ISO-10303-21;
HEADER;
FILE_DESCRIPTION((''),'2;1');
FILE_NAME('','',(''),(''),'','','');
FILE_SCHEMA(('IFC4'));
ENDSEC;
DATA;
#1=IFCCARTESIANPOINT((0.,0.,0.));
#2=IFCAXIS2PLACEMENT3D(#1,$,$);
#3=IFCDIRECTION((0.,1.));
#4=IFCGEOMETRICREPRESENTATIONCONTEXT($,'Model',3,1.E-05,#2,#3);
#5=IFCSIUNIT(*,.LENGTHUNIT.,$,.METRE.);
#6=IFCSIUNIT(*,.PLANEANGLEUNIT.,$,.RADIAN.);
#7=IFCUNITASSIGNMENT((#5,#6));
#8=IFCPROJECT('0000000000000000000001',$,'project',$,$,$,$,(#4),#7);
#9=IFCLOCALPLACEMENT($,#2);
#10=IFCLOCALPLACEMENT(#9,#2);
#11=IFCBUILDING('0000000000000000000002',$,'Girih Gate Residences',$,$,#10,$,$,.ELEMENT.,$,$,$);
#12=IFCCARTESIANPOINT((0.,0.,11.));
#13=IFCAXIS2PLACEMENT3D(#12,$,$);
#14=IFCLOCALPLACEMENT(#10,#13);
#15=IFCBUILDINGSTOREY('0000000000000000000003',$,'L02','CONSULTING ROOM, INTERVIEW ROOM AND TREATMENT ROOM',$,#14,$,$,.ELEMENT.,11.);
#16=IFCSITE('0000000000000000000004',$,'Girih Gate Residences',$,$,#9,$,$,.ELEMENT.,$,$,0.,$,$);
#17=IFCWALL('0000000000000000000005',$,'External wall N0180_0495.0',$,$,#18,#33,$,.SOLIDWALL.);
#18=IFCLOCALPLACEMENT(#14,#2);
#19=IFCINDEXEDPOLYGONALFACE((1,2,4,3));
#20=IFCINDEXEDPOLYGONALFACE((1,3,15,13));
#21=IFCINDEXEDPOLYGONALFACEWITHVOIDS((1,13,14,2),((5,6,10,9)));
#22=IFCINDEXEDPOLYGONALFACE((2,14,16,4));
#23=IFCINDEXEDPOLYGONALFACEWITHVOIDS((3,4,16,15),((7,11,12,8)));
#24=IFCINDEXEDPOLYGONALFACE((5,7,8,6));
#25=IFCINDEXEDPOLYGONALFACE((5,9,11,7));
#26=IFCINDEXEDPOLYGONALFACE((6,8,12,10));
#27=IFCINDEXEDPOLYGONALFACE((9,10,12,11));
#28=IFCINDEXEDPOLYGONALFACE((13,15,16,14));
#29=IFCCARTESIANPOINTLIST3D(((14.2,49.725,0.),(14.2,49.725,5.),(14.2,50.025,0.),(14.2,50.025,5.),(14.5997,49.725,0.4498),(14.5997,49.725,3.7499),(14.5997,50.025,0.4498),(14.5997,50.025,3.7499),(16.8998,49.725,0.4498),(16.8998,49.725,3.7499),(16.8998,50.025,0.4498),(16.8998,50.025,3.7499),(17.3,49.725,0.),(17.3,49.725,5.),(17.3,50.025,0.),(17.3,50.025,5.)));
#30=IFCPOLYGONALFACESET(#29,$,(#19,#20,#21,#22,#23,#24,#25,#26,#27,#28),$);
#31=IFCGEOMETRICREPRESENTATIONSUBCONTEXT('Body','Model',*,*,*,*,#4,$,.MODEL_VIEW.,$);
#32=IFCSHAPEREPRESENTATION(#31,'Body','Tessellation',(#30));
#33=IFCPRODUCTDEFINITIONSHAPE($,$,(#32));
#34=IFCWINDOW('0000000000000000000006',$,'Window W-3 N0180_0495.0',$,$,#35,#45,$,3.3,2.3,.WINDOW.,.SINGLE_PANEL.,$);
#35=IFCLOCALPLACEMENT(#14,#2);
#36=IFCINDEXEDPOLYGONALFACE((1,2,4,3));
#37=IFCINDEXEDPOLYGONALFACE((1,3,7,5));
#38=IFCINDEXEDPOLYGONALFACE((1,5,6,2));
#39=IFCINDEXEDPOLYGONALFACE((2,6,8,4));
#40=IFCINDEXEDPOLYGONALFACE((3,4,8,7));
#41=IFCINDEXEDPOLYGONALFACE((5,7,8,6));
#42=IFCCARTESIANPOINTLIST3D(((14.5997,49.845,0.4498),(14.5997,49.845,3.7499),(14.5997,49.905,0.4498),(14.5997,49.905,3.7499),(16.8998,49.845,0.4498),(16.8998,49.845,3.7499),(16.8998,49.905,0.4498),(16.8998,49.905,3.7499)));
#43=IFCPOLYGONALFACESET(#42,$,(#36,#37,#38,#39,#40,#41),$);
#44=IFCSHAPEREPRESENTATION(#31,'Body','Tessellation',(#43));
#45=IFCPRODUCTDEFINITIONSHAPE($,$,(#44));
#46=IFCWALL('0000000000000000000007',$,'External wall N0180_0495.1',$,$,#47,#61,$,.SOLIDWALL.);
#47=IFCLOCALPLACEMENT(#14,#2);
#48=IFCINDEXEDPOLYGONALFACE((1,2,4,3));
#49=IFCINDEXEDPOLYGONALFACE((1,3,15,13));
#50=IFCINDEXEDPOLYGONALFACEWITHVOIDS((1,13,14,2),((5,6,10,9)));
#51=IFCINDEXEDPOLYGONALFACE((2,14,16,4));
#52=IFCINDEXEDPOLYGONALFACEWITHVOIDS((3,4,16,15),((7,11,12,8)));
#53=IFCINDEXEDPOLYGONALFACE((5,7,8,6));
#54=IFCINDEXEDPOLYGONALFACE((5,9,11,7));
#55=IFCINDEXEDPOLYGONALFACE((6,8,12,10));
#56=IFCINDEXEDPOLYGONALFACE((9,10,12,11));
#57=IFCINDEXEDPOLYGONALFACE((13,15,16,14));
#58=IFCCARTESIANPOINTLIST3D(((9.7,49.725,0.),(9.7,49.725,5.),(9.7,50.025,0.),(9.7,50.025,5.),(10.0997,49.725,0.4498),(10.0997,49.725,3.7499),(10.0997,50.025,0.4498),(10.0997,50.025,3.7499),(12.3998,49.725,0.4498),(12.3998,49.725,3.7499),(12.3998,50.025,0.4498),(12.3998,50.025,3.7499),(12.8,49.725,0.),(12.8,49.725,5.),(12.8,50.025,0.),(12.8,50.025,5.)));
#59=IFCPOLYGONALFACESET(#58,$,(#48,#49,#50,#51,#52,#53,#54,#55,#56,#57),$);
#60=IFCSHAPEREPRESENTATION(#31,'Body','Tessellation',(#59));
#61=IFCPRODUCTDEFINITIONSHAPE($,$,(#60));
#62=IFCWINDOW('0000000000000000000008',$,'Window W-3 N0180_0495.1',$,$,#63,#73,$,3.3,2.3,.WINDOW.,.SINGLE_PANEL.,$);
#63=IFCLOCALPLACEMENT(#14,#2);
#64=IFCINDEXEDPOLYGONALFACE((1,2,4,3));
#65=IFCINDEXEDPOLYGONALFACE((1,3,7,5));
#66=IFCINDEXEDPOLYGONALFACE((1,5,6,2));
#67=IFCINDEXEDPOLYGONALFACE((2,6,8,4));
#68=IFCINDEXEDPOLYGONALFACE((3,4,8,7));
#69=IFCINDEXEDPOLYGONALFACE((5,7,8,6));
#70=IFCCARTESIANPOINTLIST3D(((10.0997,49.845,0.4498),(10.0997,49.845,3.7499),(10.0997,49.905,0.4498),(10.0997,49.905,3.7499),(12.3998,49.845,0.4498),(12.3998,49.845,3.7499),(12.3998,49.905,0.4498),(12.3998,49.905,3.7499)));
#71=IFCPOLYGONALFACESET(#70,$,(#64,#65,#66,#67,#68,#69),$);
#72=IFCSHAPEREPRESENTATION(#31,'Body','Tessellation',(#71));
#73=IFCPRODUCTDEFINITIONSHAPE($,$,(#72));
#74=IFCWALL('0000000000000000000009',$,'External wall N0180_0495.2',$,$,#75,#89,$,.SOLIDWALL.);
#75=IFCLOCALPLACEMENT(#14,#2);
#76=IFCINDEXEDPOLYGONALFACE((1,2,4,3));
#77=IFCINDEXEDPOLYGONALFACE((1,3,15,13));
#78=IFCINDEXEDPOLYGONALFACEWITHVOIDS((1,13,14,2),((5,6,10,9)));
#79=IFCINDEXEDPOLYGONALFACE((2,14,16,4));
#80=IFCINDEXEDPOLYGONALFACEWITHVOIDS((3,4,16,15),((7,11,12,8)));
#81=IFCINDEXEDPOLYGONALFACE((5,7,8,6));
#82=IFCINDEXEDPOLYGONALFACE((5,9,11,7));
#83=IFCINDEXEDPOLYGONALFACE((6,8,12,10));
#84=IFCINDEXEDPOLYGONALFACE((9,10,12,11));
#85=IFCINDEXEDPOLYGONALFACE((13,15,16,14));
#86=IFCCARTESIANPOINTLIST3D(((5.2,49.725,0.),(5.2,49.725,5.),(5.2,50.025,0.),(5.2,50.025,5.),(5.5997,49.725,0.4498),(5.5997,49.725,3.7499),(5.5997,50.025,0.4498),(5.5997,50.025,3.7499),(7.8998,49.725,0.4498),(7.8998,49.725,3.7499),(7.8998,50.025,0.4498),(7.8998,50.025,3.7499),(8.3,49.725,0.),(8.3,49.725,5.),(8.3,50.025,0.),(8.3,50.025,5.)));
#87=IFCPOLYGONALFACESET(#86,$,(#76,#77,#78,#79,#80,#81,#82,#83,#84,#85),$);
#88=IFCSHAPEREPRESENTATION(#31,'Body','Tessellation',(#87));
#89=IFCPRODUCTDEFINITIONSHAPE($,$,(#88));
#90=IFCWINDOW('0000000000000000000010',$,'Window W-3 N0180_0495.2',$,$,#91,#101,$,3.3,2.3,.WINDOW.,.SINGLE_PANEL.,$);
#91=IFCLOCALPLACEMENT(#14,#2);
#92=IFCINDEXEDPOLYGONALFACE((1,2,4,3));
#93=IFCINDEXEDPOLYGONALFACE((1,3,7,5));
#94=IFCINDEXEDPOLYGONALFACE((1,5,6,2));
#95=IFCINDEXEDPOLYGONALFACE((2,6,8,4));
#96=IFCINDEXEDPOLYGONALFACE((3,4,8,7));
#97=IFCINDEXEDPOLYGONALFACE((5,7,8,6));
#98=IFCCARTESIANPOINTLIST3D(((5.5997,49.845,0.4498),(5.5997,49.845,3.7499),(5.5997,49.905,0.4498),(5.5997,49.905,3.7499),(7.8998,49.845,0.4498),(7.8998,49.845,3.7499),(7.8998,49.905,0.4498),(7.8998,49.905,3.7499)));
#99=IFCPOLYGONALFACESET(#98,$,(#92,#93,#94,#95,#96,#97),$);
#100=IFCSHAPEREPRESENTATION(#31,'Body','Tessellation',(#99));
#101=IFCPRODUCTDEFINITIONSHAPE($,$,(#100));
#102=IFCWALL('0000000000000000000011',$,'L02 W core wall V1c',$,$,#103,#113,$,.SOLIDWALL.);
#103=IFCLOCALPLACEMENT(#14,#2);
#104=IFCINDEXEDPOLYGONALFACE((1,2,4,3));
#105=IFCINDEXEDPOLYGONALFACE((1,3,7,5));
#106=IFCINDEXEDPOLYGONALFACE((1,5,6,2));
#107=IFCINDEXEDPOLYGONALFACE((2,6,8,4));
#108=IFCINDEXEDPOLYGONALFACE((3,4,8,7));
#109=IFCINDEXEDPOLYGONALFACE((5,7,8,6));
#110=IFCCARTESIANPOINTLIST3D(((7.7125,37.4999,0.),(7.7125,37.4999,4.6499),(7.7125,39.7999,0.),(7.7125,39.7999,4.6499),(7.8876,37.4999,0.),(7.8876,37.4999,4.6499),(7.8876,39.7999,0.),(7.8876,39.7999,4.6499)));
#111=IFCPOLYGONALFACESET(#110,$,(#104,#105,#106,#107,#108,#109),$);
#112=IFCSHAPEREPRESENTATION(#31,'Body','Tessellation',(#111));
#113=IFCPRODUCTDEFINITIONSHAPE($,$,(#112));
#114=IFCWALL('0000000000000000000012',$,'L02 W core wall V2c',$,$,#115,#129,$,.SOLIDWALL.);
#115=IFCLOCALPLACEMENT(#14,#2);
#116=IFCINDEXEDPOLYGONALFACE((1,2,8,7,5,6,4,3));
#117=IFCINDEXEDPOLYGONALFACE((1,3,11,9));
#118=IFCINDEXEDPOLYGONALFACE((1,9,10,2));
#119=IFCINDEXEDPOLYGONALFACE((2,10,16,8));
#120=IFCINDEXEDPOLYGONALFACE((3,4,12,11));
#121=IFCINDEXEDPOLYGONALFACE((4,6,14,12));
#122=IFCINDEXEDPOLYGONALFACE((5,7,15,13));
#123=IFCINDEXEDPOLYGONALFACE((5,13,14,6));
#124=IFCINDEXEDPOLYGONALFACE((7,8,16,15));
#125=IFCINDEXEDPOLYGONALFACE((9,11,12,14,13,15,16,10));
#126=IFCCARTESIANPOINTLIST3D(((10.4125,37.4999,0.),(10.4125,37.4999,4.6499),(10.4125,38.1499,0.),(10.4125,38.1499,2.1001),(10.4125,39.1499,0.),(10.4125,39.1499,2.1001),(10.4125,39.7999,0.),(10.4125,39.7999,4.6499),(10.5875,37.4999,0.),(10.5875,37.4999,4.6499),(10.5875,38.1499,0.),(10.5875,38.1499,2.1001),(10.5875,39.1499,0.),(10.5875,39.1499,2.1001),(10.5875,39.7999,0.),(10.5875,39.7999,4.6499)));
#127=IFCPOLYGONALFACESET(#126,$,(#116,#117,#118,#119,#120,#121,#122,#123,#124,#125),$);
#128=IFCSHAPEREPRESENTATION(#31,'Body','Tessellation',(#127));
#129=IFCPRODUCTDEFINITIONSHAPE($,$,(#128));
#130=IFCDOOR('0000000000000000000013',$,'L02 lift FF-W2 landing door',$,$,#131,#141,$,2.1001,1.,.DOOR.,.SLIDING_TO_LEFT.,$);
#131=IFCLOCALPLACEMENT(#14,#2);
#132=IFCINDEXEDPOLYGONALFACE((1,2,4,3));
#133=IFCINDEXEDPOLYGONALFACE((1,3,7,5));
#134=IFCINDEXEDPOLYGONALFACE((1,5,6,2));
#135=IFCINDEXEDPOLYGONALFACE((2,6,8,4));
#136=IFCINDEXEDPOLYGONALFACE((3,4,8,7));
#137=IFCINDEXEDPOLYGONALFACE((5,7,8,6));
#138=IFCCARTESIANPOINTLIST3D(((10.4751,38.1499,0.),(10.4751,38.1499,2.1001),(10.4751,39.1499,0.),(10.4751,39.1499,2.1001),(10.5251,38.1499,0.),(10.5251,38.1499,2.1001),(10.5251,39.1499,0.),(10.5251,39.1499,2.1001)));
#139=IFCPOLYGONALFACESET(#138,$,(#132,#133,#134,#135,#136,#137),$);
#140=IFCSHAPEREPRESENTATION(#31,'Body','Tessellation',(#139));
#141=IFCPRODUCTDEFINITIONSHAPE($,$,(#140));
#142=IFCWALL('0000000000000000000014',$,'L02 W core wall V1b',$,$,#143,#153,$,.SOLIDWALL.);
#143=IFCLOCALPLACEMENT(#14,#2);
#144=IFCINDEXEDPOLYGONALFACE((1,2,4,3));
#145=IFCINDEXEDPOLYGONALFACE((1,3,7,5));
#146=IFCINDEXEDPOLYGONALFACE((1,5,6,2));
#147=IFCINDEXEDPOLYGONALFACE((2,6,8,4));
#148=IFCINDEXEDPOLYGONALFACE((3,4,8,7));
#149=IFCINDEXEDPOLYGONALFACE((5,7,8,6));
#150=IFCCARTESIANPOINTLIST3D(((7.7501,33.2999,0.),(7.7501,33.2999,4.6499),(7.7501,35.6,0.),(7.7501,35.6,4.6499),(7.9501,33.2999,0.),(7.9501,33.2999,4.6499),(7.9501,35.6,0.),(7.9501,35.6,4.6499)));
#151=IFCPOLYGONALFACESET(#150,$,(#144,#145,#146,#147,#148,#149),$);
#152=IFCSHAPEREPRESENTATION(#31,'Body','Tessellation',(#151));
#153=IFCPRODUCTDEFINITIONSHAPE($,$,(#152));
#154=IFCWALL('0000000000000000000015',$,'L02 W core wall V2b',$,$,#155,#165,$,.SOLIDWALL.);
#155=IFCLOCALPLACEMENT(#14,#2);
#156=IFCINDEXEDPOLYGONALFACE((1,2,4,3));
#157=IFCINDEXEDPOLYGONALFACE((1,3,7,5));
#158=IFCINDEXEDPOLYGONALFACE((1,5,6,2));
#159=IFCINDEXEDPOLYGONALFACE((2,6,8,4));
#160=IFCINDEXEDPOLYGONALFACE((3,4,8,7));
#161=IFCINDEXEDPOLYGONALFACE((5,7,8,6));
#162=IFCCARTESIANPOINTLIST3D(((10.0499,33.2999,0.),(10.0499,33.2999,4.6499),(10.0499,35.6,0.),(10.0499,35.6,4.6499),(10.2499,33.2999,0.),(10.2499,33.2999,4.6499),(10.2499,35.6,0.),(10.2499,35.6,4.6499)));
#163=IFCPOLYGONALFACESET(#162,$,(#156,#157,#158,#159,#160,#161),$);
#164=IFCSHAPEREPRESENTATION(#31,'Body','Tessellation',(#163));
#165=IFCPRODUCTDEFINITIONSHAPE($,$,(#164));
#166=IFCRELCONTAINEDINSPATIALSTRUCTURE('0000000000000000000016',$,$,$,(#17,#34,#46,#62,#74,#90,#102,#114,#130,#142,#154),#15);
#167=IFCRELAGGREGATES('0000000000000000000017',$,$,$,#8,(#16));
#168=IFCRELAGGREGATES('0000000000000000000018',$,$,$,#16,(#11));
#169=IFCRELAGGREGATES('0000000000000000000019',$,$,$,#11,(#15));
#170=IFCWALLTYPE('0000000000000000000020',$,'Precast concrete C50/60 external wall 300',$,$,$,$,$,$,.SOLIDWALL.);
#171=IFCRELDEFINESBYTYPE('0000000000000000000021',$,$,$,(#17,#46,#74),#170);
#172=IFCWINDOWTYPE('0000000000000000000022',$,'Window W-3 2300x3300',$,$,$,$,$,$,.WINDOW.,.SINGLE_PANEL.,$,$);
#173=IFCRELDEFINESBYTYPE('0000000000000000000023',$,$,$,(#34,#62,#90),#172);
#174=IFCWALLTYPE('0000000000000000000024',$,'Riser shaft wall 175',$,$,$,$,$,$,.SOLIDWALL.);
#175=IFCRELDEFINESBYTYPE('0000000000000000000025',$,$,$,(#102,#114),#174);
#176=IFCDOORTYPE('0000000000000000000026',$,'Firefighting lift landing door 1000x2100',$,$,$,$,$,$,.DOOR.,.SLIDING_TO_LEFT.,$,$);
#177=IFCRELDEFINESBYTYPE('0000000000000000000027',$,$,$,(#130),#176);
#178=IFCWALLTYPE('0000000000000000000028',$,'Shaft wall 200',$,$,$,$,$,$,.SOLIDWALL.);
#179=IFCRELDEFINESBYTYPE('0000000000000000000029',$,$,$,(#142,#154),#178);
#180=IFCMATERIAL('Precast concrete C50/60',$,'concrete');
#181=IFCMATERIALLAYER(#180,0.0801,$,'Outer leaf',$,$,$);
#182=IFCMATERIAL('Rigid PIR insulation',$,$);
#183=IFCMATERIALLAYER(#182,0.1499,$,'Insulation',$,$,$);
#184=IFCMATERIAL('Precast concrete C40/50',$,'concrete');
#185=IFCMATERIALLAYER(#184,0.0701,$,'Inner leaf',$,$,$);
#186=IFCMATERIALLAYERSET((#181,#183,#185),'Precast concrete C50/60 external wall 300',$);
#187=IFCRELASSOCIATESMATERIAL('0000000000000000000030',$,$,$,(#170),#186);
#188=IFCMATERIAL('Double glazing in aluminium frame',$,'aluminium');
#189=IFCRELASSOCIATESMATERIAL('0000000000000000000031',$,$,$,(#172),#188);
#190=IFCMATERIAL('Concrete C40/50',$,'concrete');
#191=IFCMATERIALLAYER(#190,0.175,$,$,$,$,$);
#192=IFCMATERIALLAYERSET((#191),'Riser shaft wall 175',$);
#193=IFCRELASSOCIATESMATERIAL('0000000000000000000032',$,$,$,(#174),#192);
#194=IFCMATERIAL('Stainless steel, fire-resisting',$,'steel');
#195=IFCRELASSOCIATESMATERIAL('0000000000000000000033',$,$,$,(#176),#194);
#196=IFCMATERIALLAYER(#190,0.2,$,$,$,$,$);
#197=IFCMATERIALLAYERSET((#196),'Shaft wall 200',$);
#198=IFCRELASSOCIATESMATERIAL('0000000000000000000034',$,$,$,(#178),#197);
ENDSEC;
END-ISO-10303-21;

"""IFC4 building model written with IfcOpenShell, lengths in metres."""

from ifc_helpers import new_model, si_unit, direction, frame, frame_2d, origin, place, context, subcontext, project, spatial, rectangle, extrude, material, layer, layer_set, type_object, element, fill, save


model = new_model("IFC4")

# Units and contexts
model_context = context("Model", 3, precision=1e-05, world=origin(), true_north=direction((0.0, 1.0)))
body_context = subcontext(model_context, "Body", "Model", "MODEL_VIEW")
ifc_project = project(units=[si_unit("LENGTHUNIT", "METRE"), si_unit("PLANEANGLEUNIT", "RADIAN")], contexts=[model_context])

# Site, building, storey
site_placement = place(None, origin())
site = spatial("IfcSite", under=ifc_project, at=site_placement, Name="Girih Gate Residences", CompositionType="ELEMENT", RefElevation=0.0)
building_placement = place(site_placement, origin())
building = spatial("IfcBuilding", under=site, at=building_placement, Name="Girih Gate Residences", CompositionType="ELEMENT")
storey_placement = place(building_placement, frame((0.0, 0.0, 11.0)))
storey = spatial("IfcBuildingStorey", under=building, at=storey_placement, Name="L02", Description="CONSULTING ROOM, INTERVIEW ROOM AND TREATMENT ROOM", CompositionType="ELEMENT", Elevation=11.0)

# Walls, openings, windows
ifc_material_1 = material(Name="Precast concrete C50/60", Category="concrete")
ifc_layer_1 = layer(ifc_material_1, 0.0801, Name="Outer leaf")
ifc_material_2 = material(Name="Rigid PIR insulation")
ifc_layer_2 = layer(ifc_material_2, 0.1499, Name="Insulation")
ifc_material_3 = material(Name="Precast concrete C40/50", Category="concrete")
ifc_layer_3 = layer(ifc_material_3, 0.0701, Name="Inner leaf")
ifc_layer_set_1 = layer_set([ifc_layer_1, ifc_layer_2, ifc_layer_3], Name="Precast concrete C50/60 external wall 300")
wall_type_1 = type_object("IfcWallType", Name="Precast concrete C50/60 external wall 300", PredefinedType="SOLIDWALL", material=ifc_layer_set_1)
wall_1_placement = place(storey_placement, frame((14.2, 49.875, 0.0), z_axis=(0.0, 0.0, 1.0), x_axis=(1.0, 0.0, 0.0)))
wall_1 = element("IfcWall", 1, at=wall_1_placement, inside=storey, type_object=wall_type_1, Name="External wall N0180_0495.0", PredefinedType="SOLIDWALL", context=body_context, shape_type="SweptSolid", body=[
    extrude(rectangle(XDim=3.1001, YDim=0.3, at=frame_2d((1.55, 0.0))), origin(), (0.0, 0.0, 1.0), 5.0),
])
opening_1_placement = place(wall_1_placement, frame((0.3999, 0.0, 0.45)))
opening_1 = element("IfcOpeningElement", 2, at=opening_1_placement, cuts=wall_1, PredefinedType="OPENING", context=body_context, shape_type="SweptSolid", body=[
    extrude(rectangle(XDim=2.3, YDim=3.3, at=frame_2d((1.1499, 1.6499))), frame((0.0, 0.1599, 0.0), z_axis=(0.0, -1.0, 0.0), x_axis=(1.0, 0.0, 0.0)), (0.0, 0.0, 1.0), 0.3201),
])
ifc_material_4 = material(Name="Double glazing in aluminium frame", Category="aluminium")
window_type = type_object("IfcWindowType", Name="Window W-3 2300x3300", PartitioningType="SINGLE_PANEL", PredefinedType="WINDOW", material=ifc_material_4)
window_1_placement = place(opening_1_placement, origin())
window_1 = element("IfcWindow", 3, at=window_1_placement, inside=storey, type_object=window_type, Name="Window W-3 N0180_0495.0", OverallHeight=3.3, OverallWidth=2.3, PartitioningType="SINGLE_PANEL", PredefinedType="WINDOW", context=body_context, shape_type="SweptSolid", body=[
    extrude(rectangle(XDim=2.3, YDim=3.3, at=frame_2d((1.1499, 1.6499))), frame((0.0, 0.03, 0.0), z_axis=(0.0, -1.0, 0.0), x_axis=(1.0, 0.0, 0.0)), (0.0, 0.0, 1.0), 0.0601),
])
fill(opening_1, window_1)
wall_2_placement = place(storey_placement, frame((9.7, 49.875, 0.0), z_axis=(0.0, 0.0, 1.0), x_axis=(1.0, 0.0, 0.0)))
wall_2 = element("IfcWall", 4, at=wall_2_placement, inside=storey, type_object=wall_type_1, Name="External wall N0180_0495.1", PredefinedType="SOLIDWALL", context=body_context, shape_type="SweptSolid", body=[
    extrude(rectangle(XDim=3.1001, YDim=0.3, at=frame_2d((1.55, 0.0))), origin(), (0.0, 0.0, 1.0), 5.0),
])
opening_2_placement = place(wall_2_placement, frame((0.3999, 0.0, 0.45)))
opening_2 = element("IfcOpeningElement", 5, at=opening_2_placement, cuts=wall_2, PredefinedType="OPENING", context=body_context, shape_type="SweptSolid", body=[
    extrude(rectangle(XDim=2.3, YDim=3.3, at=frame_2d((1.1499, 1.6499))), frame((0.0, 0.1599, 0.0), z_axis=(0.0, -1.0, 0.0), x_axis=(1.0, 0.0, 0.0)), (0.0, 0.0, 1.0), 0.3201),
])
window_2_placement = place(opening_2_placement, origin())
window_2 = element("IfcWindow", 6, at=window_2_placement, inside=storey, type_object=window_type, Name="Window W-3 N0180_0495.1", OverallHeight=3.3, OverallWidth=2.3, PartitioningType="SINGLE_PANEL", PredefinedType="WINDOW", context=body_context, shape_type="SweptSolid", body=[
    extrude(rectangle(XDim=2.3, YDim=3.3, at=frame_2d((1.1499, 1.6499))), frame((0.0, 0.03, 0.0), z_axis=(0.0, -1.0, 0.0), x_axis=(1.0, 0.0, 0.0)), (0.0, 0.0, 1.0), 0.0601),
])
fill(opening_2, window_2)
wall_3_placement = place(storey_placement, frame((5.2, 49.875, 0.0), z_axis=(0.0, 0.0, 1.0), x_axis=(1.0, 0.0, 0.0)))
wall_3 = element("IfcWall", 7, at=wall_3_placement, inside=storey, type_object=wall_type_1, Name="External wall N0180_0495.2", PredefinedType="SOLIDWALL", context=body_context, shape_type="SweptSolid", body=[
    extrude(rectangle(XDim=3.1001, YDim=0.3, at=frame_2d((1.55, 0.0))), origin(), (0.0, 0.0, 1.0), 5.0),
])
opening_3_placement = place(wall_3_placement, frame((0.3999, 0.0, 0.45)))
opening_3 = element("IfcOpeningElement", 8, at=opening_3_placement, cuts=wall_3, PredefinedType="OPENING", context=body_context, shape_type="SweptSolid", body=[
    extrude(rectangle(XDim=2.3, YDim=3.3, at=frame_2d((1.1499, 1.6499))), frame((0.0, 0.1599, 0.0), z_axis=(0.0, -1.0, 0.0), x_axis=(1.0, 0.0, 0.0)), (0.0, 0.0, 1.0), 0.3201),
])
window_3_placement = place(opening_3_placement, origin())
window_3 = element("IfcWindow", 9, at=window_3_placement, inside=storey, type_object=window_type, Name="Window W-3 N0180_0495.2", OverallHeight=3.3, OverallWidth=2.3, PartitioningType="SINGLE_PANEL", PredefinedType="WINDOW", context=body_context, shape_type="SweptSolid", body=[
    extrude(rectangle(XDim=2.3, YDim=3.3, at=frame_2d((1.1499, 1.6499))), frame((0.0, 0.03, 0.0), z_axis=(0.0, -1.0, 0.0), x_axis=(1.0, 0.0, 0.0)), (0.0, 0.0, 1.0), 0.0601),
])
fill(opening_3, window_3)

# Wall
ifc_material_5 = material(Name="Concrete C40/50", Category="concrete")
ifc_layer_4 = layer(ifc_material_5, 0.175)
ifc_layer_set_2 = layer_set([ifc_layer_4], Name="Riser shaft wall 175")
wall_type_2 = type_object("IfcWallType", Name="Riser shaft wall 175", PredefinedType="SOLIDWALL", material=ifc_layer_set_2)
wall_4_placement = place(storey_placement, frame((7.8, 37.5, 0.0), z_axis=(0.0, 0.0, 1.0), x_axis=(0.0, 1.0, 0.0)))
element("IfcWall", 10, at=wall_4_placement, inside=storey, type_object=wall_type_2, Name="L02 W core wall V1c", PredefinedType="SOLIDWALL", context=body_context, shape_type="SweptSolid", body=[
    extrude(rectangle(XDim=2.3, YDim=0.175, at=frame_2d((1.1499, 0.0))), origin(), (0.0, 0.0, 1.0), 4.6499),
])

# Wall, opening, door
wall_5_placement = place(storey_placement, frame((10.5, 37.5, 0.0), z_axis=(0.0, 0.0, 1.0), x_axis=(0.0, 1.0, 0.0)))
wall_5 = element("IfcWall", 11, at=wall_5_placement, inside=storey, type_object=wall_type_2, Name="L02 W core wall V2c", PredefinedType="SOLIDWALL", context=body_context, shape_type="SweptSolid", body=[
    extrude(rectangle(XDim=2.3, YDim=0.175, at=frame_2d((1.1499, 0.0))), origin(), (0.0, 0.0, 1.0), 4.6499),
])
opening_4_placement = place(wall_5_placement, frame((0.6499, 0.0, 0.0)))
opening_4 = element("IfcOpeningElement", 12, at=opening_4_placement, cuts=wall_5, PredefinedType="OPENING", context=body_context, shape_type="SweptSolid", body=[
    extrude(rectangle(XDim=1.0, YDim=2.1001, at=frame_2d((0.5, 1.05))), frame((0.0, 0.0974, 0.0), z_axis=(0.0, -1.0, 0.0), x_axis=(1.0, 0.0, 0.0)), (0.0, 0.0, 1.0), 0.1951),
])
ifc_material_6 = material(Name="Stainless steel, fire-resisting", Category="steel")
door_type_1 = type_object("IfcDoorType", Name="Firefighting lift landing door 1000x2100", OperationType="SLIDING_TO_LEFT", PredefinedType="DOOR", material=ifc_material_6)
door_1_placement = place(opening_4_placement, origin())
door_1 = element("IfcDoor", 13, at=door_1_placement, inside=storey, type_object=door_type_1, Name="L02 lift FF-W2 landing door", OperationType="SLIDING_TO_LEFT", OverallHeight=2.1001, OverallWidth=1.0, PredefinedType="DOOR", context=body_context, shape_type="SweptSolid", body=[
    extrude(rectangle(XDim=1.0, YDim=2.1001, at=frame_2d((0.5, 1.05))), frame((0.0, 0.0249, 0.0), z_axis=(0.0, -1.0, 0.0), x_axis=(1.0, 0.0, 0.0)), (0.0, 0.0, 1.0), 0.05),
])
fill(opening_4, door_1)

# Walls
ifc_layer_5 = layer(ifc_material_5, 0.2)
ifc_layer_set_3 = layer_set([ifc_layer_5], Name="Shaft wall 200")
wall_type_3 = type_object("IfcWallType", Name="Shaft wall 200", PredefinedType="SOLIDWALL", material=ifc_layer_set_3)
for number, where, z_axis, x_axis, name in (
    (14, (7.8501, 33.3, 0.0), (0.0, 0.0, 1.0), (0.0, 1.0, 0.0), "L02 W core wall V1b"),
    (15, (10.1499, 33.3, 0.0), (0.0, 0.0, 1.0), (0.0, 1.0, 0.0), "L02 W core wall V2b"),
):
    element("IfcWall", number, at=place(storey_placement, frame(where, z_axis=z_axis, x_axis=x_axis)), inside=storey, type_object=wall_type_3, Name=name, PredefinedType="SOLIDWALL", context=body_context, shape_type="SweptSolid", body=[
        extrude(rectangle(XDim=2.3, YDim=0.2, at=frame_2d((1.1499, 0.0))), origin(), (0.0, 0.0, 1.0), 4.6499),
    ])

save(model, "model.ifc")
